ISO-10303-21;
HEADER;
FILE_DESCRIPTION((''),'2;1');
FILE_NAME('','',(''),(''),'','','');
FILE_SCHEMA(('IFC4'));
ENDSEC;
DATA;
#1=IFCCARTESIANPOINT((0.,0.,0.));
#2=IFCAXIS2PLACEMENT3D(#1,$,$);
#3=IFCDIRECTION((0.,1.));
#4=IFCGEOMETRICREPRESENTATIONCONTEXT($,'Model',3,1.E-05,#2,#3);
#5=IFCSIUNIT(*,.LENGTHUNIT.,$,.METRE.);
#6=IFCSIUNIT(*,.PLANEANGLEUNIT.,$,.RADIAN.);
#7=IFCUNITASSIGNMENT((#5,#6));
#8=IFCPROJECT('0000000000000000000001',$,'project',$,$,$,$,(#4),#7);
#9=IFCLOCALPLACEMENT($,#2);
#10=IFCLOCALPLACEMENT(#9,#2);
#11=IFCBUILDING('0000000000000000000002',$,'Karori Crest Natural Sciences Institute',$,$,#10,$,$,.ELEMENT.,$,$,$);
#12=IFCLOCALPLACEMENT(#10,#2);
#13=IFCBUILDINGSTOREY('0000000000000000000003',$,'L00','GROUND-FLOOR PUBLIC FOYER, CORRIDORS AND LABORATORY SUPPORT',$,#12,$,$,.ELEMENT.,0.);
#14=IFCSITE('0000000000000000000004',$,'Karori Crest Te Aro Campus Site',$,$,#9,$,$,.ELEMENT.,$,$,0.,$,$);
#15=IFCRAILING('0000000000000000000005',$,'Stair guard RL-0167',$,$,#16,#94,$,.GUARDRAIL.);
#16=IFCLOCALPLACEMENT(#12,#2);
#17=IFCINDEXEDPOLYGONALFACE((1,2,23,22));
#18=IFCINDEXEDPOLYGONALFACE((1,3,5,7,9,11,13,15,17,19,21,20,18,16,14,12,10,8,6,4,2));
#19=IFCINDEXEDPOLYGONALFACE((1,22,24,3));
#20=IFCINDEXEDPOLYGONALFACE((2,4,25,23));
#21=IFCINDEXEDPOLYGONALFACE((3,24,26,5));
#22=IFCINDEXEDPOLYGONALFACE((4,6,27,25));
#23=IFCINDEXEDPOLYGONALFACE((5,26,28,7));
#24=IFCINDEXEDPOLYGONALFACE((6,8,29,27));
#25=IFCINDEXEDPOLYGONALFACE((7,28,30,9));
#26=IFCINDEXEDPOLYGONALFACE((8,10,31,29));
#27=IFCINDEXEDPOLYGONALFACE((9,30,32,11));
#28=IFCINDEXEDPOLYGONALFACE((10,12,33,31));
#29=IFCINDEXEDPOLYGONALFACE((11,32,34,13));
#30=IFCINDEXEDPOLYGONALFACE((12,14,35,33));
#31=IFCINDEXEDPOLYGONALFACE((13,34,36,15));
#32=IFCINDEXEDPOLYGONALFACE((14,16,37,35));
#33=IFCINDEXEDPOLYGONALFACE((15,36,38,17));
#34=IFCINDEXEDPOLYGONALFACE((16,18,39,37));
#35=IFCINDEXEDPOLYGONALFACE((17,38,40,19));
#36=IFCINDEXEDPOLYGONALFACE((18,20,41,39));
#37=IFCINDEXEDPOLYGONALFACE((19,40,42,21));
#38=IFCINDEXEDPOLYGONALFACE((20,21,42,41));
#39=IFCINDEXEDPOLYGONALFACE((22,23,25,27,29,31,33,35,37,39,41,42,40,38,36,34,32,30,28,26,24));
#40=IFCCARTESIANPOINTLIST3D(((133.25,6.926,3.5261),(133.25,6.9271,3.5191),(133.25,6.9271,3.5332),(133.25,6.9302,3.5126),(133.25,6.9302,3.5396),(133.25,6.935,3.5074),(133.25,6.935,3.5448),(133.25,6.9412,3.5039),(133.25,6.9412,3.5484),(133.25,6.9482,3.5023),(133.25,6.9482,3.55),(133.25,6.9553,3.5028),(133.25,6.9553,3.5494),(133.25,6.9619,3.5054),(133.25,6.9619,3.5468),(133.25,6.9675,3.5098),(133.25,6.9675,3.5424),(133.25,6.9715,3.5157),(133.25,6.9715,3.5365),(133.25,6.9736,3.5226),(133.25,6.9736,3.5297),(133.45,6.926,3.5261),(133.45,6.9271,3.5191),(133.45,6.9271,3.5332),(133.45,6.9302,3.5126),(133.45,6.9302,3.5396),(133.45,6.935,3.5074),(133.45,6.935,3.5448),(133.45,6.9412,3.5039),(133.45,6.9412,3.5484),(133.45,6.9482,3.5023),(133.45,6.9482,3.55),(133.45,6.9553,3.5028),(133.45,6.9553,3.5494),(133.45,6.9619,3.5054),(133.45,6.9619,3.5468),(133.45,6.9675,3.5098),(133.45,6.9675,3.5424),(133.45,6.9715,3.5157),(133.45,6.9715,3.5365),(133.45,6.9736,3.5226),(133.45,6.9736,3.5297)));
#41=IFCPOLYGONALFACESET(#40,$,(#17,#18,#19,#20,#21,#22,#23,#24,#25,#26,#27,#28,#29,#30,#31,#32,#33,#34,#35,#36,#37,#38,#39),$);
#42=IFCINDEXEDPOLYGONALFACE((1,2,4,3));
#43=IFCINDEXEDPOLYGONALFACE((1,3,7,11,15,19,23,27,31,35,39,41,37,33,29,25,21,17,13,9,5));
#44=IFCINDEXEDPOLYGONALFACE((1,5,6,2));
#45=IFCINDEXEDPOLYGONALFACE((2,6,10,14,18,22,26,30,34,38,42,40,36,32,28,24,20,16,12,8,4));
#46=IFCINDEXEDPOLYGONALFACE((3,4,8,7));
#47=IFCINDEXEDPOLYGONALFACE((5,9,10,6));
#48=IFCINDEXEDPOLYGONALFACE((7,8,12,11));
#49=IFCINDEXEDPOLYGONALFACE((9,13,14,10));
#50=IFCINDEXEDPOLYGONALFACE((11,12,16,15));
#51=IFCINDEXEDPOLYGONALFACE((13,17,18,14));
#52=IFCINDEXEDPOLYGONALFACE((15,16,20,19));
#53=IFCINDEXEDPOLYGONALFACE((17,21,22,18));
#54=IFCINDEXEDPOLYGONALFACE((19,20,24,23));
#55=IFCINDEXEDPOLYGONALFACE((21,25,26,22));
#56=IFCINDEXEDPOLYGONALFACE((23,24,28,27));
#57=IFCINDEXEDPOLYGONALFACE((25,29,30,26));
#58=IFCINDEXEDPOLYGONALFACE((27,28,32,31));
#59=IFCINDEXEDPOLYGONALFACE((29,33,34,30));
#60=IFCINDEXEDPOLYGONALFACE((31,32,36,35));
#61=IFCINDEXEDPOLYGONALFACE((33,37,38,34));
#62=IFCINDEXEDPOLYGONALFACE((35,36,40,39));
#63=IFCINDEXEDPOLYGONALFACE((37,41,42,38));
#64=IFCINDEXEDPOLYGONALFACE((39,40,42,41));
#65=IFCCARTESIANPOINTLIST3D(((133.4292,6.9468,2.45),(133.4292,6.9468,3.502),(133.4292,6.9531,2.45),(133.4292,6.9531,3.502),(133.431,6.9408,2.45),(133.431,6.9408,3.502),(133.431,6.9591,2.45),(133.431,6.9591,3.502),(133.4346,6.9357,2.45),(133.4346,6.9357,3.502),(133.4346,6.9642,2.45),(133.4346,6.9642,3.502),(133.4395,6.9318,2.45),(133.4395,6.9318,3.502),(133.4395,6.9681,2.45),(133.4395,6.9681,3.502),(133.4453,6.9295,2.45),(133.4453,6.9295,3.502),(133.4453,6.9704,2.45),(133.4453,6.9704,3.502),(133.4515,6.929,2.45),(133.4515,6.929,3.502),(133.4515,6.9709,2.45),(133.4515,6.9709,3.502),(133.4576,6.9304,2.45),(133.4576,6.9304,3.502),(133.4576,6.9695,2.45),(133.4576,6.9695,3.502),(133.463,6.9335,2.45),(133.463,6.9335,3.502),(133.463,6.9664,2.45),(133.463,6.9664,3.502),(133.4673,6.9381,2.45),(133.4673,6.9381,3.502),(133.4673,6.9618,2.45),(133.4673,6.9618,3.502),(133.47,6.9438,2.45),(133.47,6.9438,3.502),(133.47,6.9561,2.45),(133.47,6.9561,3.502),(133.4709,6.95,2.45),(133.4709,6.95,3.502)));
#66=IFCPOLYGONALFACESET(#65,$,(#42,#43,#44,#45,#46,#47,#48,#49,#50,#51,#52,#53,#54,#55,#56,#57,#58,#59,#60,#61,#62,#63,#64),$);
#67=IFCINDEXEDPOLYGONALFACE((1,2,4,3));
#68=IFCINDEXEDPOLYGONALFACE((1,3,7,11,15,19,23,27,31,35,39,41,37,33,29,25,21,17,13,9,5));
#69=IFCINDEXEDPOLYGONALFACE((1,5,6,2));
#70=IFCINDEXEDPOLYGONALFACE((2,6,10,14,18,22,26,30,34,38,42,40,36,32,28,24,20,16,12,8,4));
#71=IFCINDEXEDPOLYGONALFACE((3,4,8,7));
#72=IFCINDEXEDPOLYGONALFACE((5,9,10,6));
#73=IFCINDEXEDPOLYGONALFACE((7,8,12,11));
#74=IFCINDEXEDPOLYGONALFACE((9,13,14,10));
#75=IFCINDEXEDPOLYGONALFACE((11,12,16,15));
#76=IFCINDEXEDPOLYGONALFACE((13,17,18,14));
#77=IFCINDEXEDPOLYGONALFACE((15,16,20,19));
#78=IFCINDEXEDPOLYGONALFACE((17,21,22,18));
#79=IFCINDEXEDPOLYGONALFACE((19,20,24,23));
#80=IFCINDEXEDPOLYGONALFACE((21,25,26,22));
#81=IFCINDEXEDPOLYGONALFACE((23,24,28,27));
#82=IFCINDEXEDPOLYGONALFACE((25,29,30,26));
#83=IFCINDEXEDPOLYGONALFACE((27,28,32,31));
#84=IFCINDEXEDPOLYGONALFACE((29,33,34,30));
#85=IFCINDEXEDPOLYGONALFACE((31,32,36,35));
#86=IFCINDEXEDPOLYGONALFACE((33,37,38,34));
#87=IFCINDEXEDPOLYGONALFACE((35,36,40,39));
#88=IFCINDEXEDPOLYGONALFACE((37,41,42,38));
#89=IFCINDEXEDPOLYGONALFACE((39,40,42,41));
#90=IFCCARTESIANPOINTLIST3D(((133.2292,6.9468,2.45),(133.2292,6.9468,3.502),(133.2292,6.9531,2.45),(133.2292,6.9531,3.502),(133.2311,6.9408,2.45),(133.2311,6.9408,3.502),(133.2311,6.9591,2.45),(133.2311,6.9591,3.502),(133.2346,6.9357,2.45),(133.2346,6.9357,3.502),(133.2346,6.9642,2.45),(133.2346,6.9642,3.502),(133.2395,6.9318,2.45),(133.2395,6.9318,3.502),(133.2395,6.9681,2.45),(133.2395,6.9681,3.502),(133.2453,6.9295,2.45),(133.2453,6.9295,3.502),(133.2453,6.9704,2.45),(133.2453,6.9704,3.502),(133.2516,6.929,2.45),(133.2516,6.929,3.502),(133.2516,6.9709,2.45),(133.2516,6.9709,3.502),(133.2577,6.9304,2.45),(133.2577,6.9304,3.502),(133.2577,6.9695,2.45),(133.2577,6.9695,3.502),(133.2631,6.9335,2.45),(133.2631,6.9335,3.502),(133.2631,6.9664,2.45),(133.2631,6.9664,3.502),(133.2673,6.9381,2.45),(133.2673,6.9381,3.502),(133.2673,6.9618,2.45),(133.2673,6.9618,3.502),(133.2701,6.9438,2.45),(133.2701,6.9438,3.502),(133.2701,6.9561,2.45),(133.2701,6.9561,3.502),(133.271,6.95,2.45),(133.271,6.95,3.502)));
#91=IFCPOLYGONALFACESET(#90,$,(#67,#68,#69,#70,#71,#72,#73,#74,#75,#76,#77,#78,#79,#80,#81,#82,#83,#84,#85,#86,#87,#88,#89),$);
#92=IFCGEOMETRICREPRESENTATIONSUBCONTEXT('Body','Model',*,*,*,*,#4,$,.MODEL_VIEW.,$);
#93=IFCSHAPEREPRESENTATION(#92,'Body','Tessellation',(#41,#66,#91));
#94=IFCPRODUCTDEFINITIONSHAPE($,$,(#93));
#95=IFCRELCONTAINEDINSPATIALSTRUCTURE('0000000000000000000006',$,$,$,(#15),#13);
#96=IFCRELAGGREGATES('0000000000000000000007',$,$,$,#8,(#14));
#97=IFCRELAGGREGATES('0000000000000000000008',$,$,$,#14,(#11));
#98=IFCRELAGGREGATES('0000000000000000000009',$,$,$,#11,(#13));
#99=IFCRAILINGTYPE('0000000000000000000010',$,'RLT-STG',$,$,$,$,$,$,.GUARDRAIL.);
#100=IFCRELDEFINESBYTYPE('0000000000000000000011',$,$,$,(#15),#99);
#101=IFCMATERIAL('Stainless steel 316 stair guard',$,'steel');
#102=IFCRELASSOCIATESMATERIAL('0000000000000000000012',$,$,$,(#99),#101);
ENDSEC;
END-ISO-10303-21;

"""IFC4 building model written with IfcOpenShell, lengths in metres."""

from ifc_helpers import new_model, si_unit, direction, frame, origin, origin_2d, place, context, subcontext, project, spatial, circle, extrude, material, type_object, element, save


model = new_model("IFC4")

# Units and contexts
model_context = context("Model", 3, precision=1e-05, world=origin(), true_north=direction((0.0, 1.0)))
body_context = subcontext(model_context, "Body", "Model", "MODEL_VIEW")
ifc_project = project(units=[si_unit("LENGTHUNIT", "METRE"), si_unit("PLANEANGLEUNIT", "RADIAN")], contexts=[model_context])

# Site, building, storey
site_placement = place(None, origin())
site = spatial("IfcSite", under=ifc_project, at=site_placement, Name="Karori Crest Te Aro Campus Site", CompositionType="ELEMENT", RefElevation=0.0)
building_placement = place(site_placement, origin())
building = spatial("IfcBuilding", under=site, at=building_placement, Name="Karori Crest Natural Sciences Institute", CompositionType="ELEMENT")
storey_placement = place(building_placement, origin())
storey = spatial("IfcBuildingStorey", under=building, at=storey_placement, Name="L00", Description="GROUND-FLOOR PUBLIC FOYER, CORRIDORS AND LABORATORY SUPPORT", CompositionType="ELEMENT", Elevation=0.0)

# Railing
ifc_material_1 = material(Name="Stainless steel 316 stair guard", Category="steel")
railing_type_1 = type_object("IfcRailingType", Name="RLT-STG", PredefinedType="GUARDRAIL", material=ifc_material_1)
railing_1_placement = place(storey_placement, frame((133.45, 6.95, 2.45)))
element("IfcRailing", 1, at=railing_1_placement, inside=storey, type_object=railing_type_1, Name="Stair guard RL-0167", PredefinedType="GUARDRAIL", context=body_context, shape_type="SweptSolid", body=[
    extrude(circle(Radius=0.0239, at=origin_2d()), frame((0.0, 0.0, 1.0762), z_axis=(-1.0, 0.0, 0.0), x_axis=(0.0, -1.0, 0.0)), (0.0, 0.0, 1.0), 0.2),
    extrude(circle(Radius=0.021, at=origin_2d()), origin(), (0.0, 0.0, 1.0), 1.052),
    extrude(circle(Radius=0.021, at=origin_2d()), frame((-0.2, 0.0, 0.0)), (0.0, 0.0, 1.0), 1.052),
])

save(model, "model.ifc")
